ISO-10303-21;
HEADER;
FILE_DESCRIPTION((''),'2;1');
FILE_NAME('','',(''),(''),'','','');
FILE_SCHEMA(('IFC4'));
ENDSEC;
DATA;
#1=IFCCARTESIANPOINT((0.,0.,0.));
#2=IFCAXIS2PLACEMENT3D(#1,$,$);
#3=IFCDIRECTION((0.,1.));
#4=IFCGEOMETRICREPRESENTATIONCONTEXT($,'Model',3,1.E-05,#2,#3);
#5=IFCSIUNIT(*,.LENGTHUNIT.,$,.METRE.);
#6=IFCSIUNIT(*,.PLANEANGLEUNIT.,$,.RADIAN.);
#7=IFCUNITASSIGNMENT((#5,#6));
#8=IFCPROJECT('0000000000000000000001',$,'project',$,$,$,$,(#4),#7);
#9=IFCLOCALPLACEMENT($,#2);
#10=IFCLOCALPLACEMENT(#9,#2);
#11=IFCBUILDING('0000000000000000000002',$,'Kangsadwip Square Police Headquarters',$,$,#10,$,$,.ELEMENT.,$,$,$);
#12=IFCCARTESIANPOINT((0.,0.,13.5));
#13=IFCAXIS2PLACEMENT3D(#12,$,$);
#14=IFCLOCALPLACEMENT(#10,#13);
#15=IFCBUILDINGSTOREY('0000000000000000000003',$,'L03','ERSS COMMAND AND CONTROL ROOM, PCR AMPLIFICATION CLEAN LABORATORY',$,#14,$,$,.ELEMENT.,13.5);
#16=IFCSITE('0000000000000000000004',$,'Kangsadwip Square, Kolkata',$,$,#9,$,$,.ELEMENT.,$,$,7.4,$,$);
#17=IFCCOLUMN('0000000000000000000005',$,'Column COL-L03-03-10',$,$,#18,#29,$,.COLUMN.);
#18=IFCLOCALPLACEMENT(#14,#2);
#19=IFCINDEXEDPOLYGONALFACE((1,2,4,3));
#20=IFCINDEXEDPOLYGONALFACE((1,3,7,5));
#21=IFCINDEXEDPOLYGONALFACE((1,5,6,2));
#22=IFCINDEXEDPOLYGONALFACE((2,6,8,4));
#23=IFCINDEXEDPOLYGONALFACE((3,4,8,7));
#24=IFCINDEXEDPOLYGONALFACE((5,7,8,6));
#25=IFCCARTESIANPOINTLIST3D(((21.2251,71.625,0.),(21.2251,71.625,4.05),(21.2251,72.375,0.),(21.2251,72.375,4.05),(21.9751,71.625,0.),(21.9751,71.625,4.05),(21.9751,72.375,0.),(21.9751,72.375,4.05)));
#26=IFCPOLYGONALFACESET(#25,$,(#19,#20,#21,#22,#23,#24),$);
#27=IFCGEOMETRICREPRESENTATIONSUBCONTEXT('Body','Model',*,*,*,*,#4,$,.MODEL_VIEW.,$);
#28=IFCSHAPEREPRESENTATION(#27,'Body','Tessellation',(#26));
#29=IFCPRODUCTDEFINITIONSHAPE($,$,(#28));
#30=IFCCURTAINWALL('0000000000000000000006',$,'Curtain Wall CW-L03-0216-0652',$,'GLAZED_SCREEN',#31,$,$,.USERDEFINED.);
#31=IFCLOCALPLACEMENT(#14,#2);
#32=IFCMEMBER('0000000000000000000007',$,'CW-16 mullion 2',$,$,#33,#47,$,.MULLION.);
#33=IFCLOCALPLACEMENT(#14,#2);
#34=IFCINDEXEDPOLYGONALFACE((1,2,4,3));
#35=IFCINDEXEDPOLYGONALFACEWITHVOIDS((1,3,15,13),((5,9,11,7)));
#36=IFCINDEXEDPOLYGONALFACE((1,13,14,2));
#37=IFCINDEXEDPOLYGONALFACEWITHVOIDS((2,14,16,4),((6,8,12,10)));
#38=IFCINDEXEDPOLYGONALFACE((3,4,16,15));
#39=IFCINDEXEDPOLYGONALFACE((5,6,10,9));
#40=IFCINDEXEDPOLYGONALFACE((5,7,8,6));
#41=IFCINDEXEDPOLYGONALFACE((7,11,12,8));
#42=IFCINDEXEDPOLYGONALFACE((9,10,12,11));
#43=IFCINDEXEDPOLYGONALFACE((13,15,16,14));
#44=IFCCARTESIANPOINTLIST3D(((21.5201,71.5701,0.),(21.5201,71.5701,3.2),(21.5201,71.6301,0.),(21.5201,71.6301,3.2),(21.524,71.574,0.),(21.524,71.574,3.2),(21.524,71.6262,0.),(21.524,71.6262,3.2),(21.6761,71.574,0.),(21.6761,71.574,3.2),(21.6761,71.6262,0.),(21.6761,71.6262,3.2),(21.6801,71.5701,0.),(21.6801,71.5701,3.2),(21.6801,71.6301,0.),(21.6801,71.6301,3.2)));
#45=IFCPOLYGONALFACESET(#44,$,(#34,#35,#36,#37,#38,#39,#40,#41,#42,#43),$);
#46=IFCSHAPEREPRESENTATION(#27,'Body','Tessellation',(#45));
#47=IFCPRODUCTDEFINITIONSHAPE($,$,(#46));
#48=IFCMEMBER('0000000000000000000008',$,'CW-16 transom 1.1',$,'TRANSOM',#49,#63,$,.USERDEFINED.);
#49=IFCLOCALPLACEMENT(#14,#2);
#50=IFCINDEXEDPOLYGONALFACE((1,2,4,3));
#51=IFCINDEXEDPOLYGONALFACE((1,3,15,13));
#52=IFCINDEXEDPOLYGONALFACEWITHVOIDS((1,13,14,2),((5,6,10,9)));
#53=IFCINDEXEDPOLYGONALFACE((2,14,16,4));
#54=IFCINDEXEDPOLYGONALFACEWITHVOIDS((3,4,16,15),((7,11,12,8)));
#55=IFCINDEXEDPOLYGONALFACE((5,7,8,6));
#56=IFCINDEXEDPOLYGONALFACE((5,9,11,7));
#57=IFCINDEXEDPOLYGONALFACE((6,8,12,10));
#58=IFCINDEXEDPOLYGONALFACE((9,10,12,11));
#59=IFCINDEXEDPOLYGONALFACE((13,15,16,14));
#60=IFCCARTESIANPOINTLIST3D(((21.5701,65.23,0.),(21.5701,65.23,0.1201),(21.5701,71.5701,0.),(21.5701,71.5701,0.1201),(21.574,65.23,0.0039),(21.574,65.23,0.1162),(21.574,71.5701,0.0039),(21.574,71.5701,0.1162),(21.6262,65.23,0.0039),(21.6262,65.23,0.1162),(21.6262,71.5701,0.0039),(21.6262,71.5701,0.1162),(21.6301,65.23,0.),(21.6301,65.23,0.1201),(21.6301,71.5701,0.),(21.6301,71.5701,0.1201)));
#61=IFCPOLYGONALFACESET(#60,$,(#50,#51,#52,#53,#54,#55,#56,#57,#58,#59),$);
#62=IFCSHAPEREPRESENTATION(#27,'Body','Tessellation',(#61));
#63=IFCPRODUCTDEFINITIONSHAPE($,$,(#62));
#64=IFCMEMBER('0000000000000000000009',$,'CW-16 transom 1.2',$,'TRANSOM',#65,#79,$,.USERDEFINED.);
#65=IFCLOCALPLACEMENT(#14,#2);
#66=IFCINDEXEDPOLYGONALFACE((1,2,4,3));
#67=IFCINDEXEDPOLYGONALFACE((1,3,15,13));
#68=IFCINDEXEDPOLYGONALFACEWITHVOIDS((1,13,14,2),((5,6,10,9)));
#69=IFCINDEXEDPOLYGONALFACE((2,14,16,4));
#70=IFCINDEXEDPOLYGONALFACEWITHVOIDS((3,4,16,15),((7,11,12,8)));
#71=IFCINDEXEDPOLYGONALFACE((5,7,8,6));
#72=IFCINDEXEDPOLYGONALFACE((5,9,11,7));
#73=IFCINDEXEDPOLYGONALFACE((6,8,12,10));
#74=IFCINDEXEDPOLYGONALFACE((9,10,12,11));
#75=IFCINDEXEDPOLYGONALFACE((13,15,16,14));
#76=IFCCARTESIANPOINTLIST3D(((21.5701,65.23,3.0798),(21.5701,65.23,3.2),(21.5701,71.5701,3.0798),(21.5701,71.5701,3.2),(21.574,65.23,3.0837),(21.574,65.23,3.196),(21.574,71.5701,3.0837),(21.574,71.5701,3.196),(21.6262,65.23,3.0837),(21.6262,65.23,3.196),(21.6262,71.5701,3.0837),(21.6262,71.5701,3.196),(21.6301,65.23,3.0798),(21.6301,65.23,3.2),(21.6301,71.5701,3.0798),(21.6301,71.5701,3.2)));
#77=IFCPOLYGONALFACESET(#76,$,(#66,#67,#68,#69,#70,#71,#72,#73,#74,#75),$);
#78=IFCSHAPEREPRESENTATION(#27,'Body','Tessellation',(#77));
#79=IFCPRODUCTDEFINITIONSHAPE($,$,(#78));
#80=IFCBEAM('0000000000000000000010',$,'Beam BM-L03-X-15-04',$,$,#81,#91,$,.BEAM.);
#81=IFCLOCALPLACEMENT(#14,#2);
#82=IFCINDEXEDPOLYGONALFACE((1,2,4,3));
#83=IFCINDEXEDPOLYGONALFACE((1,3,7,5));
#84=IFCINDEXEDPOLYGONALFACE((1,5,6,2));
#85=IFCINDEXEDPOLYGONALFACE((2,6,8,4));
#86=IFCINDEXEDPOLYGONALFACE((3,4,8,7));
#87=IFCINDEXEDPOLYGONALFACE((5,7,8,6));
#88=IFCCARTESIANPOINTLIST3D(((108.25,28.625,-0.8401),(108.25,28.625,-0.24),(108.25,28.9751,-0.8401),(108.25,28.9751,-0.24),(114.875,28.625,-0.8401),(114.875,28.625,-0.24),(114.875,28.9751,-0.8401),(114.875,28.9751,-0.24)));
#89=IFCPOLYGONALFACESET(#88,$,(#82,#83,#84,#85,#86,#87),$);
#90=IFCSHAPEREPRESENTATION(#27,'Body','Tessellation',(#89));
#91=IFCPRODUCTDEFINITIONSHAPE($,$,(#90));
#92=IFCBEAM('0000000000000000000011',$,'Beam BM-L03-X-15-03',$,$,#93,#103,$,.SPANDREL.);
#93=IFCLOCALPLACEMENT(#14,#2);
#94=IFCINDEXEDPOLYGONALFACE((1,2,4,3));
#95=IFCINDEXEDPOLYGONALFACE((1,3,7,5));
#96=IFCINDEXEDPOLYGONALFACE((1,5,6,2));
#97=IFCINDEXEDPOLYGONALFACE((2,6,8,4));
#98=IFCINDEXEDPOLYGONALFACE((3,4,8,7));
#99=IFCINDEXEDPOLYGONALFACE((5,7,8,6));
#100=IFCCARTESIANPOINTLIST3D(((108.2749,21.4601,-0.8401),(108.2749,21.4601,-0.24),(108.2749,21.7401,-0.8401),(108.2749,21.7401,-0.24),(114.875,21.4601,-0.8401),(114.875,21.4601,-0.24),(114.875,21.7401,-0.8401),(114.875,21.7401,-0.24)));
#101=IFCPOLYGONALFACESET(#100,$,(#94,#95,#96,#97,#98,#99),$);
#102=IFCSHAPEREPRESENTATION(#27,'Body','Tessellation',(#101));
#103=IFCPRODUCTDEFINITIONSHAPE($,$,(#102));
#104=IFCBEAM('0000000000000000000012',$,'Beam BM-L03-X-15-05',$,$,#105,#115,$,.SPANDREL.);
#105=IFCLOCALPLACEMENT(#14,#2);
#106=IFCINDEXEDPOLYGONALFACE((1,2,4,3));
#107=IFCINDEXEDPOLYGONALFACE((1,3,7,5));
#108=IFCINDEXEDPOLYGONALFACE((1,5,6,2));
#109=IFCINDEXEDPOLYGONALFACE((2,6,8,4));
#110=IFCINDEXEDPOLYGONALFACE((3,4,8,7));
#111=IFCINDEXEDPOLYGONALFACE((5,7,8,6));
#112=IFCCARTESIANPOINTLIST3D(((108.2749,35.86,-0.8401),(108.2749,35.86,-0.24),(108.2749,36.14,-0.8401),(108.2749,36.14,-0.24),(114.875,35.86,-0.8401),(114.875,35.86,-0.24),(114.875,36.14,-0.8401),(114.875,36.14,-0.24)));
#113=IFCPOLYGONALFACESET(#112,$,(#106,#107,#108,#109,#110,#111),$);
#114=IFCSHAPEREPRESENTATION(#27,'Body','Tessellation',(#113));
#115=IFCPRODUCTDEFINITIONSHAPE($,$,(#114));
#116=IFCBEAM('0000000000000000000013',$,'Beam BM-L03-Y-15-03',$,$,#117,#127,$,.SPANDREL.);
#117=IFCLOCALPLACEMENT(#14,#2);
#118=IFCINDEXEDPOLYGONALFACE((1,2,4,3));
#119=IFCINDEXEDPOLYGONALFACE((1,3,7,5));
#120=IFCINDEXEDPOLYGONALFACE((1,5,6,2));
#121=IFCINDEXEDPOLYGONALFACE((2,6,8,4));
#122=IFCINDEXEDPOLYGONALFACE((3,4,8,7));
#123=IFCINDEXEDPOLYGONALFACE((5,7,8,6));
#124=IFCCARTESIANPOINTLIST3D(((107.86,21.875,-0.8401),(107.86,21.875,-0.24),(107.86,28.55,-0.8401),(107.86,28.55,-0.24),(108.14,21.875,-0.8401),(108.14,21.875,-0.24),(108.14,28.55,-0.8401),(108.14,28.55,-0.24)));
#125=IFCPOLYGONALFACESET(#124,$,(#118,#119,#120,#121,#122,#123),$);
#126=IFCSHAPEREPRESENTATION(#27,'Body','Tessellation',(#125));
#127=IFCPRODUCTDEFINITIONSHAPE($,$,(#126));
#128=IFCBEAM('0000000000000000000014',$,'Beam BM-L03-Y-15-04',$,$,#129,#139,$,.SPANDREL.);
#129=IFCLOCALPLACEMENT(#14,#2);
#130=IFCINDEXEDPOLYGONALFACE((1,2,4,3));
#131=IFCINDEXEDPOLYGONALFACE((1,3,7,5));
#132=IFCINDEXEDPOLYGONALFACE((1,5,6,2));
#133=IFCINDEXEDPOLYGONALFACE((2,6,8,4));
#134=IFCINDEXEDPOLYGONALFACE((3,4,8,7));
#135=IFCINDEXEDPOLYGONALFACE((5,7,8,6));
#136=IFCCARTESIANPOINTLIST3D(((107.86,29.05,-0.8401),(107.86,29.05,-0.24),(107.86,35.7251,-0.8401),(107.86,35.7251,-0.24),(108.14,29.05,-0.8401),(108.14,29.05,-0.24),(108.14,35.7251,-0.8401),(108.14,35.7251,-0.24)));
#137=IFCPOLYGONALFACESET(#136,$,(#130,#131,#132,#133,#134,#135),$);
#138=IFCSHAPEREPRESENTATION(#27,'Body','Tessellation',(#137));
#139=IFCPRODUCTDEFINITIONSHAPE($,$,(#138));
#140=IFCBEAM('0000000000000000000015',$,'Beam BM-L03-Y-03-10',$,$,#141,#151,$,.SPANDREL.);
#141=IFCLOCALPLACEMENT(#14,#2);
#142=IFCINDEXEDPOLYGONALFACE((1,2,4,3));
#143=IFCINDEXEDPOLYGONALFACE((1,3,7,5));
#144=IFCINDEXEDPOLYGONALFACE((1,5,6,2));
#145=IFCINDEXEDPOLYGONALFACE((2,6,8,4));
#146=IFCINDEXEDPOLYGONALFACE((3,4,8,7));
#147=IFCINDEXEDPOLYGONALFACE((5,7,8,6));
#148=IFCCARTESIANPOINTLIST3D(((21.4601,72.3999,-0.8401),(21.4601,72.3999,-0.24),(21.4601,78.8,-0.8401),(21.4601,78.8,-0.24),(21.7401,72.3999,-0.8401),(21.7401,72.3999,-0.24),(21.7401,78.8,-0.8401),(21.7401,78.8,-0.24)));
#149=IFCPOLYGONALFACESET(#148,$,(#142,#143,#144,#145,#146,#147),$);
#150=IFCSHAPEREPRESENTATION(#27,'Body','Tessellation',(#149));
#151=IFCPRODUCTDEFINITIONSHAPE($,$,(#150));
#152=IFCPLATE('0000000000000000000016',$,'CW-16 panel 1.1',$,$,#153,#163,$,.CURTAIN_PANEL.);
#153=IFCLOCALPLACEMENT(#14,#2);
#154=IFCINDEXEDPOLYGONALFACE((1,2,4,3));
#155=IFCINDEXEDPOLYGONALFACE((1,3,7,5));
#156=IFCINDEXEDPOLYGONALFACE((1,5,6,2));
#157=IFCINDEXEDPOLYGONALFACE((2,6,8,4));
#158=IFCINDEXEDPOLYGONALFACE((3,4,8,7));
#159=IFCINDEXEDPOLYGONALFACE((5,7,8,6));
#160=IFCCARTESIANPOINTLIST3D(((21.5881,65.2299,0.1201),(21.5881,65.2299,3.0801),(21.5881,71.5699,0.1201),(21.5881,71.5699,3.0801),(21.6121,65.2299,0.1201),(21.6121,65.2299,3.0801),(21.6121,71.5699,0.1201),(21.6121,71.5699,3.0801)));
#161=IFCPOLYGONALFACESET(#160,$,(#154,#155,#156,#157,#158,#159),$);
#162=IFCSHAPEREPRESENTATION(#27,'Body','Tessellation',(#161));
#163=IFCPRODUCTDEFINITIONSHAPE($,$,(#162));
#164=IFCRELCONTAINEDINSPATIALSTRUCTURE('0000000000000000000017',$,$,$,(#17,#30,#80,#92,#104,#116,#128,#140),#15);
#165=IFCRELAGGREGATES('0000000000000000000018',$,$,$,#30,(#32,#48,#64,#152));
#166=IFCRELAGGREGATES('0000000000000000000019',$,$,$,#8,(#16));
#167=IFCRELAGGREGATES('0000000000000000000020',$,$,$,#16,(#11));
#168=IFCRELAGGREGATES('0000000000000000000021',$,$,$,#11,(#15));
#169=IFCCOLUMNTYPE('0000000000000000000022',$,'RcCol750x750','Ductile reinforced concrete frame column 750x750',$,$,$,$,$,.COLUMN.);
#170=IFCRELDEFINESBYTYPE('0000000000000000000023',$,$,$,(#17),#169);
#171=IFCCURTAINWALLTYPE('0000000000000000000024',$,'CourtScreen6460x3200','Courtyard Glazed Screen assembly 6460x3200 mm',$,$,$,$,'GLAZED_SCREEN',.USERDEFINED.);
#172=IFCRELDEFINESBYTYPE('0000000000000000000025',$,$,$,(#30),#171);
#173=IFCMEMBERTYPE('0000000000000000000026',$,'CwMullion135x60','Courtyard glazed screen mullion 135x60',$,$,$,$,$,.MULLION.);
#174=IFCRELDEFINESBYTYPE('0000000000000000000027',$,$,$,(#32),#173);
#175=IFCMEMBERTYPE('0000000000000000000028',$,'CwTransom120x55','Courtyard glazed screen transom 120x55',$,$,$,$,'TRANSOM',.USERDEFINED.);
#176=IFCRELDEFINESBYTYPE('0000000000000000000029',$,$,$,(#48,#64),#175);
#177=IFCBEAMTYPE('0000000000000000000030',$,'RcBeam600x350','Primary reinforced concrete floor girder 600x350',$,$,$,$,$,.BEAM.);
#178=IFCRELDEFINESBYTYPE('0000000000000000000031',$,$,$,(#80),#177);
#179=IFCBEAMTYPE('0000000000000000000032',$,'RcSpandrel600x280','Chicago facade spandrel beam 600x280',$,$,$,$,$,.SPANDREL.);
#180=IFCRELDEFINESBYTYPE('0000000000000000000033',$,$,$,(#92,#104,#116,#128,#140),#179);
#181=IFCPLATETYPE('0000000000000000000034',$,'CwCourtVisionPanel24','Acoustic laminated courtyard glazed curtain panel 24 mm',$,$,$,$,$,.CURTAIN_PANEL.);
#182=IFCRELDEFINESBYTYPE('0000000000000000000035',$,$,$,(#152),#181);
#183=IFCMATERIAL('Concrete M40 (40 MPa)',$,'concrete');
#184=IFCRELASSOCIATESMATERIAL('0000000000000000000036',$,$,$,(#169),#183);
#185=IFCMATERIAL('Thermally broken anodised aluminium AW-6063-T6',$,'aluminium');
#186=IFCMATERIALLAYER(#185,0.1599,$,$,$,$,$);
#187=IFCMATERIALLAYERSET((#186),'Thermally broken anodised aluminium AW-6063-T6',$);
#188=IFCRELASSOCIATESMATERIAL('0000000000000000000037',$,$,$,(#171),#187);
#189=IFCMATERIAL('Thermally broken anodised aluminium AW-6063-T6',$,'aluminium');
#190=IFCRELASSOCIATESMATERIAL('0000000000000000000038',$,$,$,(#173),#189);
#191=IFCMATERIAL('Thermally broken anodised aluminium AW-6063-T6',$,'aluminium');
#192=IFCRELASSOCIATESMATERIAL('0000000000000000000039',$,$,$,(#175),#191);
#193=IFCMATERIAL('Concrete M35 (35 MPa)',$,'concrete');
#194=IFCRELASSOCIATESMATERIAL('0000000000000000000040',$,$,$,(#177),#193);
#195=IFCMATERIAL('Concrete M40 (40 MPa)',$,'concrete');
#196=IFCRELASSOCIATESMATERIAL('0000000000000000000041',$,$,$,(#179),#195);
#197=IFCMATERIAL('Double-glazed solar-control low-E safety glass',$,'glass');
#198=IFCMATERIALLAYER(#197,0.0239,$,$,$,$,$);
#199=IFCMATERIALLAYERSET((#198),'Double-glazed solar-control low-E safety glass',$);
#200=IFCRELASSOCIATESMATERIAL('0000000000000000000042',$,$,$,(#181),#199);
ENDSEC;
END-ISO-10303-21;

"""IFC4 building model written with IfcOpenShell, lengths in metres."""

from ifc_helpers import new_model, si_unit, direction, frame, origin, origin_2d, place, context, subcontext, project, spatial, rectangle, hollow_rectangle, extrude, material, layer, layer_set, material_profile, profile_set, type_object, element, aggregate, save


model = new_model("IFC4")

# Units and contexts
model_context = context("Model", 3, precision=1e-05, world=origin(), true_north=direction((0.0, 1.0)))
body_context = subcontext(model_context, "Body", "Model", "MODEL_VIEW")
ifc_project = project(units=[si_unit("LENGTHUNIT", "METRE"), si_unit("PLANEANGLEUNIT", "RADIAN")], contexts=[model_context])

# Site, building, storey
site_placement = place(None, origin())
site = spatial("IfcSite", under=ifc_project, at=site_placement, Name="Kangsadwip Square, Kolkata", CompositionType="ELEMENT", RefElevation=7.4)
building_placement = place(site_placement, origin())
building = spatial("IfcBuilding", under=site, at=building_placement, Name="Kangsadwip Square Police Headquarters", CompositionType="ELEMENT")
storey_placement = place(building_placement, frame((0.0, 0.0, 13.5)))
storey = spatial("IfcBuildingStorey", under=building, at=storey_placement, Name="L03", Description="ERSS COMMAND AND CONTROL ROOM, PCR AMPLIFICATION CLEAN LABORATORY", CompositionType="ELEMENT", Elevation=13.5)

# Column
ifc_material_1 = material(Name="Concrete M40 (40 MPa)", Category="concrete")
ifc_material_profile_1 = material_profile(ifc_material_1, rectangle(XDim=0.75, YDim=0.75, at=origin_2d()), Name="RC COL 750X750")
ifc_profile_set_1 = profile_set([ifc_material_profile_1], Name="Concrete M40 (40 MPa)")
column_type = type_object("IfcColumnType", Name="RcCol750x750", Description="Ductile reinforced concrete frame column 750x750", PredefinedType="COLUMN", material=ifc_profile_set_1)
column_placement = place(storey_placement, frame((21.6001, 72.0, 0.0), z_axis=(0.0, 0.0, 1.0), x_axis=(1.0, 0.0, 0.0)))
element("IfcColumn", 1, at=column_placement, inside=storey, type_object=column_type, Name="Column COL-L03-03-10", PredefinedType="COLUMN", context=body_context, shape_type="SweptSolid", body=[
    extrude(rectangle(XDim=0.75, YDim=0.75, at=origin_2d()), origin(), (0.0, 0.0, 1.0), 4.05),
])

# Curtain wall, members
ifc_material_2 = material(Name="Thermally broken anodised aluminium AW-6063-T6", Category="aluminium")
ifc_layer_1 = layer(ifc_material_2, 0.1599)
ifc_layer_set_1 = layer_set([ifc_layer_1], Name="Thermally broken anodised aluminium AW-6063-T6")
curtain_wall_type = type_object("IfcCurtainWallType", Name="CourtScreen6460x3200", Description="Courtyard Glazed Screen assembly 6460x3200 mm", ElementType="GLAZED_SCREEN", PredefinedType="USERDEFINED", material=ifc_layer_set_1)
curtain_wall_placement = place(storey_placement, origin())
curtain_wall = element("IfcCurtainWall", 2, at=curtain_wall_placement, inside=storey, type_object=curtain_wall_type, Name="Curtain Wall CW-L03-0216-0652", ObjectType="GLAZED_SCREEN", PredefinedType="USERDEFINED")
ifc_material_3 = material(Name="Thermally broken anodised aluminium AW-6063-T6", Category="aluminium")
ifc_material_profile_2 = material_profile(ifc_material_3, hollow_rectangle(XDim=0.0601, YDim=0.1599, WallThickness=0.0039, at=origin_2d()), Name="CWM 160X60X4")
ifc_profile_set_2 = profile_set([ifc_material_profile_2], Name="Thermally broken anodised aluminium AW-6063-T6")
member_type_1 = type_object("IfcMemberType", Name="CwMullion135x60", Description="Courtyard glazed screen mullion 135x60", PredefinedType="MULLION", material=ifc_profile_set_2)
member_1_placement = place(storey_placement, frame((21.6001, 71.6001, 0.0), z_axis=(0.0, 0.0, 1.0), x_axis=(0.0, 1.0, 0.0)))
member_1 = element("IfcMember", 3, at=member_1_placement, type_object=member_type_1, Name="CW-16 mullion 2", PredefinedType="MULLION", context=body_context, shape_type="SweptSolid", body=[
    extrude(hollow_rectangle(XDim=0.0601, YDim=0.1599, WallThickness=0.0039, at=origin_2d()), origin(), (0.0, 0.0, 1.0), 3.2),
])
ifc_material_4 = material(Name="Thermally broken anodised aluminium AW-6063-T6", Category="aluminium")
ifc_material_profile_3 = material_profile(ifc_material_4, hollow_rectangle(XDim=0.0601, YDim=0.1201, WallThickness=0.0039, at=origin_2d()), Name="CWT 120X60X4")
ifc_profile_set_3 = profile_set([ifc_material_profile_3], Name="Thermally broken anodised aluminium AW-6063-T6")
member_type_2 = type_object("IfcMemberType", Name="CwTransom120x55", Description="Courtyard glazed screen transom 120x55", ElementType="TRANSOM", PredefinedType="USERDEFINED", material=ifc_profile_set_3)
member_2_placement = place(storey_placement, frame((21.6001, 65.23, 0.0601), z_axis=(0.0, 1.0, 0.0), x_axis=(-1.0, 0.0, 0.0)))
member_2 = element("IfcMember", 4, at=member_2_placement, type_object=member_type_2, Name="CW-16 transom 1.1", ObjectType="TRANSOM", PredefinedType="USERDEFINED", context=body_context, shape_type="SweptSolid", body=[
    extrude(hollow_rectangle(XDim=0.0601, YDim=0.1201, WallThickness=0.0039, at=origin_2d()), origin(), (0.0, 0.0, 1.0), 6.3401),
])
member_3_placement = place(storey_placement, frame((21.6001, 65.23, 3.1399), z_axis=(0.0, 1.0, 0.0), x_axis=(-1.0, 0.0, 0.0)))
member_3 = element("IfcMember", 5, at=member_3_placement, type_object=member_type_2, Name="CW-16 transom 1.2", ObjectType="TRANSOM", PredefinedType="USERDEFINED", context=body_context, shape_type="SweptSolid", body=[
    extrude(hollow_rectangle(XDim=0.0601, YDim=0.1201, WallThickness=0.0039, at=origin_2d()), origin(), (0.0, 0.0, 1.0), 6.3401),
])

# Beams
ifc_material_5 = material(Name="Concrete M35 (35 MPa)", Category="concrete")
ifc_material_profile_4 = material_profile(ifc_material_5, rectangle(XDim=0.3501, YDim=0.6001, at=origin_2d()), Name="RC BM 600X350")
ifc_profile_set_4 = profile_set([ifc_material_profile_4], Name="Concrete M35 (35 MPa)")
beam_type_1 = type_object("IfcBeamType", Name="RcBeam600x350", Description="Primary reinforced concrete floor girder 600x350", PredefinedType="BEAM", material=ifc_profile_set_4)
beam_1_placement = place(storey_placement, frame((108.25, 28.8, -0.54), z_axis=(1.0, 0.0, 0.0), x_axis=(0.0, 1.0, 0.0)))
element("IfcBeam", 6, at=beam_1_placement, inside=storey, type_object=beam_type_1, Name="Beam BM-L03-X-15-04", PredefinedType="BEAM", context=body_context, shape_type="SweptSolid", body=[
    extrude(rectangle(XDim=0.3501, YDim=0.6001, at=origin_2d()), origin(), (0.0, 0.0, 1.0), 6.625),
])
ifc_material_6 = material(Name="Concrete M40 (40 MPa)", Category="concrete")
ifc_material_profile_5 = material_profile(ifc_material_6, rectangle(XDim=0.28, YDim=0.6001, at=origin_2d()), Name="RC SPN 600X280")
ifc_profile_set_5 = profile_set([ifc_material_profile_5], Name="Concrete M40 (40 MPa)")
beam_type_2 = type_object("IfcBeamType", Name="RcSpandrel600x280", Description="Chicago facade spandrel beam 600x280", PredefinedType="SPANDREL", material=ifc_profile_set_5)
for number, where, z_axis, x_axis, name in (
    (7, (108.2749, 21.6001, -0.54), (1.0, 0.0, 0.0), (0.0, 1.0, 0.0), "Beam BM-L03-X-15-03"),
    (8, (108.2749, 36.0, -0.54), (1.0, 0.0, 0.0), (0.0, 1.0, 0.0), "Beam BM-L03-X-15-05"),
):
    element("IfcBeam", number, at=place(storey_placement, frame(where, z_axis=z_axis, x_axis=x_axis)), inside=storey, type_object=beam_type_2, Name=name, PredefinedType="SPANDREL", context=body_context, shape_type="SweptSolid", body=[
        extrude(rectangle(XDim=0.28, YDim=0.6001, at=origin_2d()), origin(), (0.0, 0.0, 1.0), 6.6001),
    ])
for number, where, z_axis, x_axis, name in (
    (9, (108.0, 21.875, -0.54), (0.0, 1.0, 0.0), (-1.0, 0.0, 0.0), "Beam BM-L03-Y-15-03"),
    (10, (108.0, 29.05, -0.54), (0.0, 1.0, 0.0), (-1.0, 0.0, 0.0), "Beam BM-L03-Y-15-04"),
):
    element("IfcBeam", number, at=place(storey_placement, frame(where, z_axis=z_axis, x_axis=x_axis)), inside=storey, type_object=beam_type_2, Name=name, PredefinedType="SPANDREL", context=body_context, shape_type="SweptSolid", body=[
        extrude(rectangle(XDim=0.28, YDim=0.6001, at=origin_2d()), origin(), (0.0, 0.0, 1.0), 6.675),
    ])
beam_2_placement = place(storey_placement, frame((21.6001, 72.3999, -0.54), z_axis=(0.0, 1.0, 0.0), x_axis=(-1.0, 0.0, 0.0)))
element("IfcBeam", 11, at=beam_2_placement, inside=storey, type_object=beam_type_2, Name="Beam BM-L03-Y-03-10", PredefinedType="SPANDREL", context=body_context, shape_type="SweptSolid", body=[
    extrude(rectangle(XDim=0.28, YDim=0.6001, at=origin_2d()), origin(), (0.0, 0.0, 1.0), 6.4001),
])

# Plate
ifc_material_7 = material(Name="Double-glazed solar-control low-E safety glass", Category="glass")
ifc_layer_2 = layer(ifc_material_7, 0.0239)
ifc_layer_set_2 = layer_set([ifc_layer_2], Name="Double-glazed solar-control low-E safety glass")
plate_type = type_object("IfcPlateType", Name="CwCourtVisionPanel24", Description="Acoustic laminated courtyard glazed curtain panel 24 mm", PredefinedType="CURTAIN_PANEL", material=ifc_layer_set_2)
plate_placement = place(storey_placement, frame((21.6001, 68.3999, 0.1201), z_axis=(0.0, 0.0, 1.0), x_axis=(0.0, 1.0, 0.0)))
plate = element("IfcPlate", 12, at=plate_placement, type_object=plate_type, Name="CW-16 panel 1.1", PredefinedType="CURTAIN_PANEL", context=body_context, shape_type="SweptSolid", body=[
    extrude(rectangle(XDim=6.3401, YDim=0.0239, at=origin_2d()), origin(), (0.0, 0.0, 1.0), 2.96),
])
aggregate(curtain_wall, [member_1, member_2, member_3, plate])

save(model, "model.ifc")
